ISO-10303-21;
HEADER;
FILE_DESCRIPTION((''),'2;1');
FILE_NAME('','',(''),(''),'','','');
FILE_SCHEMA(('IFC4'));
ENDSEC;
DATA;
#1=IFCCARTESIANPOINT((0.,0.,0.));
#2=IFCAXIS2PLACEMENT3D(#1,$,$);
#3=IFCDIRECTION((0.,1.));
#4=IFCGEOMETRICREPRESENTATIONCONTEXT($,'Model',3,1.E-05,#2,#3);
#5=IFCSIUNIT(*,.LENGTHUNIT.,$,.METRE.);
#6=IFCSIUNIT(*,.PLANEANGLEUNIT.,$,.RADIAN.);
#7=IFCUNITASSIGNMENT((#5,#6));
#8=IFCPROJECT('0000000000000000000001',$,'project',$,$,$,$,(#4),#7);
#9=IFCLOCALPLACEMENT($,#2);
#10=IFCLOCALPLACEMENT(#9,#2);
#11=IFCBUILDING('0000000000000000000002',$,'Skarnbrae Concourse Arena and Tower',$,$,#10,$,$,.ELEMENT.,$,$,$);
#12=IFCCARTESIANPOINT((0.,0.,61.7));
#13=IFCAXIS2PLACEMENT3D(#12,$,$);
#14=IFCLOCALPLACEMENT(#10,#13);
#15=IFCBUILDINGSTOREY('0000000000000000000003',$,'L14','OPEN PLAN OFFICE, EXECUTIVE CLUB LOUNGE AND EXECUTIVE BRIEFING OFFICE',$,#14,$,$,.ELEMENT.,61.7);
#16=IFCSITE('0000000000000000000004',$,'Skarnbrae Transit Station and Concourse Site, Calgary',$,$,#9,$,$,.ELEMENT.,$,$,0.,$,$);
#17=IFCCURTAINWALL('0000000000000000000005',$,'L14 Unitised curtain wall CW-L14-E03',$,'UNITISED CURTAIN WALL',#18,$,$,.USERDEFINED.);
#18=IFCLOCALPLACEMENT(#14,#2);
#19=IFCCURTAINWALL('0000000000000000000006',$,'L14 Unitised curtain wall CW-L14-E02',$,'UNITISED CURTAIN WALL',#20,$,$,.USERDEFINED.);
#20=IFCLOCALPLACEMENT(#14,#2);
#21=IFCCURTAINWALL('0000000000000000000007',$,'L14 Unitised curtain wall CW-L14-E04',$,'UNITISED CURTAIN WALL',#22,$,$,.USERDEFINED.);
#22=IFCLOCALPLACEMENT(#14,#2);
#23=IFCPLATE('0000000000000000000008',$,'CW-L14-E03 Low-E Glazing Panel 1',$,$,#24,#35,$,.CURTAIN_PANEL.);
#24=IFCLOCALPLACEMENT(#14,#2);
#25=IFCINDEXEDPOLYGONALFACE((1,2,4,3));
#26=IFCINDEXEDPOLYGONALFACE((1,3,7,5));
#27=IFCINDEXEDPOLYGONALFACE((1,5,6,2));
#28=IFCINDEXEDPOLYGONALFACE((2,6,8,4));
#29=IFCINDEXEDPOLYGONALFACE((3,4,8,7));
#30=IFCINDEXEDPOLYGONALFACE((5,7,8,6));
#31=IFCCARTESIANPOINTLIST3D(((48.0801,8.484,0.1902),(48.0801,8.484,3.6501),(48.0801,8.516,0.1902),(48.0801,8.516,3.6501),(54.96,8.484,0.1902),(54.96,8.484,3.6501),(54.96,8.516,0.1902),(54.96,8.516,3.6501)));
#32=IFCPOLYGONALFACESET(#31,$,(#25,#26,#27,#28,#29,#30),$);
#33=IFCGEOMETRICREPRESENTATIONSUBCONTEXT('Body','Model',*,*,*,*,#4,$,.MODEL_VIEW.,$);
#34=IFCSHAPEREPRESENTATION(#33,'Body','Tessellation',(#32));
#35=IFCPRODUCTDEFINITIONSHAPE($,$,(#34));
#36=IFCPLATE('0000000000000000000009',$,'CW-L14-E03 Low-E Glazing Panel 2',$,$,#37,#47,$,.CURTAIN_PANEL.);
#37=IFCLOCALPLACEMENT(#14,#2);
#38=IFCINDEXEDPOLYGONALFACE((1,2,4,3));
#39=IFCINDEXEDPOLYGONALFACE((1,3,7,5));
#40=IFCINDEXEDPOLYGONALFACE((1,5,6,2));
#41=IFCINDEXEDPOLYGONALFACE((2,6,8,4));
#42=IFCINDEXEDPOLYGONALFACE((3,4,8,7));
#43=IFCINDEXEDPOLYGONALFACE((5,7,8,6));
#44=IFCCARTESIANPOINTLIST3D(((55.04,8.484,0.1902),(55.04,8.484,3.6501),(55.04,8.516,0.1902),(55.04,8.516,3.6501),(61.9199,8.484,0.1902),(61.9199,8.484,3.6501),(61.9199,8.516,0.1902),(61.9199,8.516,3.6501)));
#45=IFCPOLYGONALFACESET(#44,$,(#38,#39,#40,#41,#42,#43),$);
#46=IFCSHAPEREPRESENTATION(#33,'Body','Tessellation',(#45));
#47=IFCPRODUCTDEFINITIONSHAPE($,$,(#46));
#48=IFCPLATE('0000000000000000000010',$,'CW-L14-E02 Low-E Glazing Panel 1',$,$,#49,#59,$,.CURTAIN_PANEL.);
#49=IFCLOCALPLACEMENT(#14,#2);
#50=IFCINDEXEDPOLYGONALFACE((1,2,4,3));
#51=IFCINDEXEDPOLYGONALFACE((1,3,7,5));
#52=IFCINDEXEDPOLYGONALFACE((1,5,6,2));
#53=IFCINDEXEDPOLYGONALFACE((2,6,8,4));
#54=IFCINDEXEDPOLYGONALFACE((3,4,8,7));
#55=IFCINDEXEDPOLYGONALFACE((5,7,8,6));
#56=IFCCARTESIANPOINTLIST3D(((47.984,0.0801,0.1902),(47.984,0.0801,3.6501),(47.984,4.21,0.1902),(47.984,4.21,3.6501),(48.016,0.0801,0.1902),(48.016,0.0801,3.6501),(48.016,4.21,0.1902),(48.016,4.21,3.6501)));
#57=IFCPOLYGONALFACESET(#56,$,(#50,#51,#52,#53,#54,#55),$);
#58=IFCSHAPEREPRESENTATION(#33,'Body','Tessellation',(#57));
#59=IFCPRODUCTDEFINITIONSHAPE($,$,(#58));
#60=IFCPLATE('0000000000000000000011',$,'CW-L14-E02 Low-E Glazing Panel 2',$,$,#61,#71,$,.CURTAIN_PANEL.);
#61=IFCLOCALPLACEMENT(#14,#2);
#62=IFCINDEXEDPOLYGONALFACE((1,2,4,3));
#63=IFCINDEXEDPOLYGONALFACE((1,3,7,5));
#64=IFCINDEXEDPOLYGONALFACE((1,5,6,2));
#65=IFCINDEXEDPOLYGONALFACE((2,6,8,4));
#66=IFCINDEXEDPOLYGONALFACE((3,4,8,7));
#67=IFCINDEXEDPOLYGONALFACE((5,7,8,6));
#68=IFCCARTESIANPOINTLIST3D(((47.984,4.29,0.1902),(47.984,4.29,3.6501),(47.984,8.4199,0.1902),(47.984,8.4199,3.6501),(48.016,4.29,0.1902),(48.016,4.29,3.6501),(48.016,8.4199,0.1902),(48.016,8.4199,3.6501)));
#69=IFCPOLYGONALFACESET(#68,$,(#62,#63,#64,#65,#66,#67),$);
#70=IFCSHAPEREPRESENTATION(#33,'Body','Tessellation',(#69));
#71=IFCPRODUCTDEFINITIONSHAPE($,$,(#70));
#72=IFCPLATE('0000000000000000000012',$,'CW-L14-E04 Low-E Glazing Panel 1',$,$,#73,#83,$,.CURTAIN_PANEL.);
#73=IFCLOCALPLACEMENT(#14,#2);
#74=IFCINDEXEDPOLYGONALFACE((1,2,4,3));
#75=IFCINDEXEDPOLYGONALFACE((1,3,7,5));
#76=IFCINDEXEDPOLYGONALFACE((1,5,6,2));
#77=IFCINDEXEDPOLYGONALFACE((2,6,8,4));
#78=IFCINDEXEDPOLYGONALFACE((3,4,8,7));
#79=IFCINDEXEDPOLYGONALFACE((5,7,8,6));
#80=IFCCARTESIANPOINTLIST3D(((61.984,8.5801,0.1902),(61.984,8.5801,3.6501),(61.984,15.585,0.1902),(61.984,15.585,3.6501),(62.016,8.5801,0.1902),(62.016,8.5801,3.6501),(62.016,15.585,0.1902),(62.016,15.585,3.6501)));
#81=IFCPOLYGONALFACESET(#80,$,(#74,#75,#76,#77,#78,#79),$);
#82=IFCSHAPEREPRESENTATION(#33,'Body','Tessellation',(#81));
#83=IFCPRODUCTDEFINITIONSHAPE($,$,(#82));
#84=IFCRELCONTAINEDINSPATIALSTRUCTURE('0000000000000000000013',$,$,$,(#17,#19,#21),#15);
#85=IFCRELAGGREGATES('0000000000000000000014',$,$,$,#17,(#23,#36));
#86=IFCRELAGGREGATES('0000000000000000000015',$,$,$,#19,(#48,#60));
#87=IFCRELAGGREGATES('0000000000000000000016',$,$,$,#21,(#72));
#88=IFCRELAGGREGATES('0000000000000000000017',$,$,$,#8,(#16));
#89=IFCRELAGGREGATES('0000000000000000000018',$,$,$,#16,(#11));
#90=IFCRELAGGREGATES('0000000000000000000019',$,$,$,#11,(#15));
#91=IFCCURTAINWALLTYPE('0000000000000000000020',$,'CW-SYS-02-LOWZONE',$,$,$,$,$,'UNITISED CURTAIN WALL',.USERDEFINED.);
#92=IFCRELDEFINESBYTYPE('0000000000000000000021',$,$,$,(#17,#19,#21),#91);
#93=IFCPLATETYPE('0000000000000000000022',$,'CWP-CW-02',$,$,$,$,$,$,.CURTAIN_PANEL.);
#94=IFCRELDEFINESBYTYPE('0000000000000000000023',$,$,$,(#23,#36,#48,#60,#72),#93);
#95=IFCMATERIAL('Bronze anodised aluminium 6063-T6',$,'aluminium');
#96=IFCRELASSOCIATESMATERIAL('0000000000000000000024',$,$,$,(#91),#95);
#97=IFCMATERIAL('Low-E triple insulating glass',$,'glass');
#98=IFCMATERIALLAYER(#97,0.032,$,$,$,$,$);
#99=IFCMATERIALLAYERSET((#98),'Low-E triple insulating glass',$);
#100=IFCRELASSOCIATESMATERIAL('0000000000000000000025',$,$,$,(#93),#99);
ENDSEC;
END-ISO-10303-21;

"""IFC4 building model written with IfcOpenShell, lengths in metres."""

from ifc_helpers import new_model, si_unit, direction, frame, origin, origin_2d, place, context, subcontext, project, spatial, rectangle, extrude, source, transform, mapped, material, layer, layer_set, type_object, element, aggregate, save


model = new_model("IFC4")

# Units and contexts
model_context = context("Model", 3, precision=1e-05, world=origin(), true_north=direction((0.0, 1.0)))
body_context = subcontext(model_context, "Body", "Model", "MODEL_VIEW")
ifc_project = project(units=[si_unit("LENGTHUNIT", "METRE"), si_unit("PLANEANGLEUNIT", "RADIAN")], contexts=[model_context])

# Site, building, storey
site_placement = place(None, origin())
site = spatial("IfcSite", under=ifc_project, at=site_placement, Name="Skarnbrae Transit Station and Concourse Site, Calgary", CompositionType="ELEMENT", RefElevation=0.0)
building_placement = place(site_placement, origin())
building = spatial("IfcBuilding", under=site, at=building_placement, Name="Skarnbrae Concourse Arena and Tower", CompositionType="ELEMENT")
storey_placement = place(building_placement, frame((0.0, 0.0, 61.7)))
storey = spatial("IfcBuildingStorey", under=building, at=storey_placement, Name="L14", Description="OPEN PLAN OFFICE, EXECUTIVE CLUB LOUNGE AND EXECUTIVE BRIEFING OFFICE", CompositionType="ELEMENT", Elevation=61.7)

# Curtain walls
ifc_material_1 = material(Name="Bronze anodised aluminium 6063-T6", Category="aluminium")
curtain_wall_type = type_object("IfcCurtainWallType", Name="CW-SYS-02-LOWZONE", ElementType="UNITISED CURTAIN WALL", PredefinedType="USERDEFINED", material=ifc_material_1)
curtain_wall_1_placement = place(storey_placement, origin())
curtain_wall_1 = element("IfcCurtainWall", 1, at=curtain_wall_1_placement, inside=storey, type_object=curtain_wall_type, Name="L14 Unitised curtain wall CW-L14-E03", ObjectType="UNITISED CURTAIN WALL", PredefinedType="USERDEFINED")
curtain_wall_2_placement = place(storey_placement, origin())
curtain_wall_2 = element("IfcCurtainWall", 2, at=curtain_wall_2_placement, inside=storey, type_object=curtain_wall_type, Name="L14 Unitised curtain wall CW-L14-E02", ObjectType="UNITISED CURTAIN WALL", PredefinedType="USERDEFINED")

# Curtain wall
curtain_wall_3_placement = place(storey_placement, origin())
curtain_wall_3 = element("IfcCurtainWall", 3, at=curtain_wall_3_placement, inside=storey, type_object=curtain_wall_type, Name="L14 Unitised curtain wall CW-L14-E04", ObjectType="UNITISED CURTAIN WALL", PredefinedType="USERDEFINED")

# Plates
ifc_material_2 = material(Name="Low-E triple insulating glass", Category="glass")
ifc_layer = layer(ifc_material_2, 0.032)
ifc_layer_set = layer_set([ifc_layer], Name="Low-E triple insulating glass")
plate_type = type_object("IfcPlateType", Name="CWP-CW-02", PredefinedType="CURTAIN_PANEL", material=ifc_layer_set)
shared_shape_1 = source(origin(), body_context, "Body", "SweptSolid", [
    extrude(rectangle(XDim=6.8799, YDim=0.032, at=origin_2d()), origin(), (0.0, 0.0, 1.0), 3.46),
])
plate_1_placement = place(storey_placement, frame((51.52, 8.5, 0.1902), z_axis=(0.0, 0.0, 1.0), x_axis=(1.0, 0.0, 0.0)))
plate_1 = element("IfcPlate", 4, at=plate_1_placement, type_object=plate_type, Name="CW-L14-E03 Low-E Glazing Panel 1", PredefinedType="CURTAIN_PANEL", context=body_context, shape_type="MappedRepresentation", body=[
    mapped(shared_shape_1, transform((0.0, 0.0, 0.0))),
])
plate_2_placement = place(storey_placement, frame((58.48, 8.5, 0.1902), z_axis=(0.0, 0.0, 1.0), x_axis=(1.0, 0.0, 0.0)))
plate_2 = element("IfcPlate", 5, at=plate_2_placement, type_object=plate_type, Name="CW-L14-E03 Low-E Glazing Panel 2", PredefinedType="CURTAIN_PANEL", context=body_context, shape_type="MappedRepresentation", body=[
    mapped(shared_shape_1, transform((0.0, 0.0, 0.0))),
])
aggregate(curtain_wall_1, [plate_1, plate_2])
shared_shape_2 = source(origin(), body_context, "Body", "SweptSolid", [
    extrude(rectangle(XDim=4.1299, YDim=0.032, at=origin_2d()), origin(), (0.0, 0.0, 1.0), 3.46),
])
plate_3_placement = place(storey_placement, frame((48.0, 2.145, 0.1902), z_axis=(0.0, 0.0, 1.0), x_axis=(0.0, 1.0, 0.0)))
plate_3 = element("IfcPlate", 6, at=plate_3_placement, type_object=plate_type, Name="CW-L14-E02 Low-E Glazing Panel 1", PredefinedType="CURTAIN_PANEL", context=body_context, shape_type="MappedRepresentation", body=[
    mapped(shared_shape_2, transform((0.0, 0.0, 0.0))),
])
plate_4_placement = place(storey_placement, frame((48.0, 6.355, 0.1902), z_axis=(0.0, 0.0, 1.0), x_axis=(0.0, 1.0, 0.0)))
plate_4 = element("IfcPlate", 7, at=plate_4_placement, type_object=plate_type, Name="CW-L14-E02 Low-E Glazing Panel 2", PredefinedType="CURTAIN_PANEL", context=body_context, shape_type="MappedRepresentation", body=[
    mapped(shared_shape_2, transform((0.0, 0.0, 0.0))),
])
aggregate(curtain_wall_2, [plate_3, plate_4])
shared_shape_3 = source(origin(), body_context, "Body", "SweptSolid", [
    extrude(rectangle(XDim=7.0049, YDim=0.032, at=origin_2d()), origin(), (0.0, 0.0, 1.0), 3.46),
])
plate_5_placement = place(storey_placement, frame((62.0, 12.0825, 0.1902), z_axis=(0.0, 0.0, 1.0), x_axis=(0.0, 1.0, 0.0)))
plate_5 = element("IfcPlate", 8, at=plate_5_placement, type_object=plate_type, Name="CW-L14-E04 Low-E Glazing Panel 1", PredefinedType="CURTAIN_PANEL", context=body_context, shape_type="MappedRepresentation", body=[
    mapped(shared_shape_3, transform((0.0, 0.0, 0.0))),
])
aggregate(curtain_wall_3, [plate_5])

save(model, "model.ifc")
